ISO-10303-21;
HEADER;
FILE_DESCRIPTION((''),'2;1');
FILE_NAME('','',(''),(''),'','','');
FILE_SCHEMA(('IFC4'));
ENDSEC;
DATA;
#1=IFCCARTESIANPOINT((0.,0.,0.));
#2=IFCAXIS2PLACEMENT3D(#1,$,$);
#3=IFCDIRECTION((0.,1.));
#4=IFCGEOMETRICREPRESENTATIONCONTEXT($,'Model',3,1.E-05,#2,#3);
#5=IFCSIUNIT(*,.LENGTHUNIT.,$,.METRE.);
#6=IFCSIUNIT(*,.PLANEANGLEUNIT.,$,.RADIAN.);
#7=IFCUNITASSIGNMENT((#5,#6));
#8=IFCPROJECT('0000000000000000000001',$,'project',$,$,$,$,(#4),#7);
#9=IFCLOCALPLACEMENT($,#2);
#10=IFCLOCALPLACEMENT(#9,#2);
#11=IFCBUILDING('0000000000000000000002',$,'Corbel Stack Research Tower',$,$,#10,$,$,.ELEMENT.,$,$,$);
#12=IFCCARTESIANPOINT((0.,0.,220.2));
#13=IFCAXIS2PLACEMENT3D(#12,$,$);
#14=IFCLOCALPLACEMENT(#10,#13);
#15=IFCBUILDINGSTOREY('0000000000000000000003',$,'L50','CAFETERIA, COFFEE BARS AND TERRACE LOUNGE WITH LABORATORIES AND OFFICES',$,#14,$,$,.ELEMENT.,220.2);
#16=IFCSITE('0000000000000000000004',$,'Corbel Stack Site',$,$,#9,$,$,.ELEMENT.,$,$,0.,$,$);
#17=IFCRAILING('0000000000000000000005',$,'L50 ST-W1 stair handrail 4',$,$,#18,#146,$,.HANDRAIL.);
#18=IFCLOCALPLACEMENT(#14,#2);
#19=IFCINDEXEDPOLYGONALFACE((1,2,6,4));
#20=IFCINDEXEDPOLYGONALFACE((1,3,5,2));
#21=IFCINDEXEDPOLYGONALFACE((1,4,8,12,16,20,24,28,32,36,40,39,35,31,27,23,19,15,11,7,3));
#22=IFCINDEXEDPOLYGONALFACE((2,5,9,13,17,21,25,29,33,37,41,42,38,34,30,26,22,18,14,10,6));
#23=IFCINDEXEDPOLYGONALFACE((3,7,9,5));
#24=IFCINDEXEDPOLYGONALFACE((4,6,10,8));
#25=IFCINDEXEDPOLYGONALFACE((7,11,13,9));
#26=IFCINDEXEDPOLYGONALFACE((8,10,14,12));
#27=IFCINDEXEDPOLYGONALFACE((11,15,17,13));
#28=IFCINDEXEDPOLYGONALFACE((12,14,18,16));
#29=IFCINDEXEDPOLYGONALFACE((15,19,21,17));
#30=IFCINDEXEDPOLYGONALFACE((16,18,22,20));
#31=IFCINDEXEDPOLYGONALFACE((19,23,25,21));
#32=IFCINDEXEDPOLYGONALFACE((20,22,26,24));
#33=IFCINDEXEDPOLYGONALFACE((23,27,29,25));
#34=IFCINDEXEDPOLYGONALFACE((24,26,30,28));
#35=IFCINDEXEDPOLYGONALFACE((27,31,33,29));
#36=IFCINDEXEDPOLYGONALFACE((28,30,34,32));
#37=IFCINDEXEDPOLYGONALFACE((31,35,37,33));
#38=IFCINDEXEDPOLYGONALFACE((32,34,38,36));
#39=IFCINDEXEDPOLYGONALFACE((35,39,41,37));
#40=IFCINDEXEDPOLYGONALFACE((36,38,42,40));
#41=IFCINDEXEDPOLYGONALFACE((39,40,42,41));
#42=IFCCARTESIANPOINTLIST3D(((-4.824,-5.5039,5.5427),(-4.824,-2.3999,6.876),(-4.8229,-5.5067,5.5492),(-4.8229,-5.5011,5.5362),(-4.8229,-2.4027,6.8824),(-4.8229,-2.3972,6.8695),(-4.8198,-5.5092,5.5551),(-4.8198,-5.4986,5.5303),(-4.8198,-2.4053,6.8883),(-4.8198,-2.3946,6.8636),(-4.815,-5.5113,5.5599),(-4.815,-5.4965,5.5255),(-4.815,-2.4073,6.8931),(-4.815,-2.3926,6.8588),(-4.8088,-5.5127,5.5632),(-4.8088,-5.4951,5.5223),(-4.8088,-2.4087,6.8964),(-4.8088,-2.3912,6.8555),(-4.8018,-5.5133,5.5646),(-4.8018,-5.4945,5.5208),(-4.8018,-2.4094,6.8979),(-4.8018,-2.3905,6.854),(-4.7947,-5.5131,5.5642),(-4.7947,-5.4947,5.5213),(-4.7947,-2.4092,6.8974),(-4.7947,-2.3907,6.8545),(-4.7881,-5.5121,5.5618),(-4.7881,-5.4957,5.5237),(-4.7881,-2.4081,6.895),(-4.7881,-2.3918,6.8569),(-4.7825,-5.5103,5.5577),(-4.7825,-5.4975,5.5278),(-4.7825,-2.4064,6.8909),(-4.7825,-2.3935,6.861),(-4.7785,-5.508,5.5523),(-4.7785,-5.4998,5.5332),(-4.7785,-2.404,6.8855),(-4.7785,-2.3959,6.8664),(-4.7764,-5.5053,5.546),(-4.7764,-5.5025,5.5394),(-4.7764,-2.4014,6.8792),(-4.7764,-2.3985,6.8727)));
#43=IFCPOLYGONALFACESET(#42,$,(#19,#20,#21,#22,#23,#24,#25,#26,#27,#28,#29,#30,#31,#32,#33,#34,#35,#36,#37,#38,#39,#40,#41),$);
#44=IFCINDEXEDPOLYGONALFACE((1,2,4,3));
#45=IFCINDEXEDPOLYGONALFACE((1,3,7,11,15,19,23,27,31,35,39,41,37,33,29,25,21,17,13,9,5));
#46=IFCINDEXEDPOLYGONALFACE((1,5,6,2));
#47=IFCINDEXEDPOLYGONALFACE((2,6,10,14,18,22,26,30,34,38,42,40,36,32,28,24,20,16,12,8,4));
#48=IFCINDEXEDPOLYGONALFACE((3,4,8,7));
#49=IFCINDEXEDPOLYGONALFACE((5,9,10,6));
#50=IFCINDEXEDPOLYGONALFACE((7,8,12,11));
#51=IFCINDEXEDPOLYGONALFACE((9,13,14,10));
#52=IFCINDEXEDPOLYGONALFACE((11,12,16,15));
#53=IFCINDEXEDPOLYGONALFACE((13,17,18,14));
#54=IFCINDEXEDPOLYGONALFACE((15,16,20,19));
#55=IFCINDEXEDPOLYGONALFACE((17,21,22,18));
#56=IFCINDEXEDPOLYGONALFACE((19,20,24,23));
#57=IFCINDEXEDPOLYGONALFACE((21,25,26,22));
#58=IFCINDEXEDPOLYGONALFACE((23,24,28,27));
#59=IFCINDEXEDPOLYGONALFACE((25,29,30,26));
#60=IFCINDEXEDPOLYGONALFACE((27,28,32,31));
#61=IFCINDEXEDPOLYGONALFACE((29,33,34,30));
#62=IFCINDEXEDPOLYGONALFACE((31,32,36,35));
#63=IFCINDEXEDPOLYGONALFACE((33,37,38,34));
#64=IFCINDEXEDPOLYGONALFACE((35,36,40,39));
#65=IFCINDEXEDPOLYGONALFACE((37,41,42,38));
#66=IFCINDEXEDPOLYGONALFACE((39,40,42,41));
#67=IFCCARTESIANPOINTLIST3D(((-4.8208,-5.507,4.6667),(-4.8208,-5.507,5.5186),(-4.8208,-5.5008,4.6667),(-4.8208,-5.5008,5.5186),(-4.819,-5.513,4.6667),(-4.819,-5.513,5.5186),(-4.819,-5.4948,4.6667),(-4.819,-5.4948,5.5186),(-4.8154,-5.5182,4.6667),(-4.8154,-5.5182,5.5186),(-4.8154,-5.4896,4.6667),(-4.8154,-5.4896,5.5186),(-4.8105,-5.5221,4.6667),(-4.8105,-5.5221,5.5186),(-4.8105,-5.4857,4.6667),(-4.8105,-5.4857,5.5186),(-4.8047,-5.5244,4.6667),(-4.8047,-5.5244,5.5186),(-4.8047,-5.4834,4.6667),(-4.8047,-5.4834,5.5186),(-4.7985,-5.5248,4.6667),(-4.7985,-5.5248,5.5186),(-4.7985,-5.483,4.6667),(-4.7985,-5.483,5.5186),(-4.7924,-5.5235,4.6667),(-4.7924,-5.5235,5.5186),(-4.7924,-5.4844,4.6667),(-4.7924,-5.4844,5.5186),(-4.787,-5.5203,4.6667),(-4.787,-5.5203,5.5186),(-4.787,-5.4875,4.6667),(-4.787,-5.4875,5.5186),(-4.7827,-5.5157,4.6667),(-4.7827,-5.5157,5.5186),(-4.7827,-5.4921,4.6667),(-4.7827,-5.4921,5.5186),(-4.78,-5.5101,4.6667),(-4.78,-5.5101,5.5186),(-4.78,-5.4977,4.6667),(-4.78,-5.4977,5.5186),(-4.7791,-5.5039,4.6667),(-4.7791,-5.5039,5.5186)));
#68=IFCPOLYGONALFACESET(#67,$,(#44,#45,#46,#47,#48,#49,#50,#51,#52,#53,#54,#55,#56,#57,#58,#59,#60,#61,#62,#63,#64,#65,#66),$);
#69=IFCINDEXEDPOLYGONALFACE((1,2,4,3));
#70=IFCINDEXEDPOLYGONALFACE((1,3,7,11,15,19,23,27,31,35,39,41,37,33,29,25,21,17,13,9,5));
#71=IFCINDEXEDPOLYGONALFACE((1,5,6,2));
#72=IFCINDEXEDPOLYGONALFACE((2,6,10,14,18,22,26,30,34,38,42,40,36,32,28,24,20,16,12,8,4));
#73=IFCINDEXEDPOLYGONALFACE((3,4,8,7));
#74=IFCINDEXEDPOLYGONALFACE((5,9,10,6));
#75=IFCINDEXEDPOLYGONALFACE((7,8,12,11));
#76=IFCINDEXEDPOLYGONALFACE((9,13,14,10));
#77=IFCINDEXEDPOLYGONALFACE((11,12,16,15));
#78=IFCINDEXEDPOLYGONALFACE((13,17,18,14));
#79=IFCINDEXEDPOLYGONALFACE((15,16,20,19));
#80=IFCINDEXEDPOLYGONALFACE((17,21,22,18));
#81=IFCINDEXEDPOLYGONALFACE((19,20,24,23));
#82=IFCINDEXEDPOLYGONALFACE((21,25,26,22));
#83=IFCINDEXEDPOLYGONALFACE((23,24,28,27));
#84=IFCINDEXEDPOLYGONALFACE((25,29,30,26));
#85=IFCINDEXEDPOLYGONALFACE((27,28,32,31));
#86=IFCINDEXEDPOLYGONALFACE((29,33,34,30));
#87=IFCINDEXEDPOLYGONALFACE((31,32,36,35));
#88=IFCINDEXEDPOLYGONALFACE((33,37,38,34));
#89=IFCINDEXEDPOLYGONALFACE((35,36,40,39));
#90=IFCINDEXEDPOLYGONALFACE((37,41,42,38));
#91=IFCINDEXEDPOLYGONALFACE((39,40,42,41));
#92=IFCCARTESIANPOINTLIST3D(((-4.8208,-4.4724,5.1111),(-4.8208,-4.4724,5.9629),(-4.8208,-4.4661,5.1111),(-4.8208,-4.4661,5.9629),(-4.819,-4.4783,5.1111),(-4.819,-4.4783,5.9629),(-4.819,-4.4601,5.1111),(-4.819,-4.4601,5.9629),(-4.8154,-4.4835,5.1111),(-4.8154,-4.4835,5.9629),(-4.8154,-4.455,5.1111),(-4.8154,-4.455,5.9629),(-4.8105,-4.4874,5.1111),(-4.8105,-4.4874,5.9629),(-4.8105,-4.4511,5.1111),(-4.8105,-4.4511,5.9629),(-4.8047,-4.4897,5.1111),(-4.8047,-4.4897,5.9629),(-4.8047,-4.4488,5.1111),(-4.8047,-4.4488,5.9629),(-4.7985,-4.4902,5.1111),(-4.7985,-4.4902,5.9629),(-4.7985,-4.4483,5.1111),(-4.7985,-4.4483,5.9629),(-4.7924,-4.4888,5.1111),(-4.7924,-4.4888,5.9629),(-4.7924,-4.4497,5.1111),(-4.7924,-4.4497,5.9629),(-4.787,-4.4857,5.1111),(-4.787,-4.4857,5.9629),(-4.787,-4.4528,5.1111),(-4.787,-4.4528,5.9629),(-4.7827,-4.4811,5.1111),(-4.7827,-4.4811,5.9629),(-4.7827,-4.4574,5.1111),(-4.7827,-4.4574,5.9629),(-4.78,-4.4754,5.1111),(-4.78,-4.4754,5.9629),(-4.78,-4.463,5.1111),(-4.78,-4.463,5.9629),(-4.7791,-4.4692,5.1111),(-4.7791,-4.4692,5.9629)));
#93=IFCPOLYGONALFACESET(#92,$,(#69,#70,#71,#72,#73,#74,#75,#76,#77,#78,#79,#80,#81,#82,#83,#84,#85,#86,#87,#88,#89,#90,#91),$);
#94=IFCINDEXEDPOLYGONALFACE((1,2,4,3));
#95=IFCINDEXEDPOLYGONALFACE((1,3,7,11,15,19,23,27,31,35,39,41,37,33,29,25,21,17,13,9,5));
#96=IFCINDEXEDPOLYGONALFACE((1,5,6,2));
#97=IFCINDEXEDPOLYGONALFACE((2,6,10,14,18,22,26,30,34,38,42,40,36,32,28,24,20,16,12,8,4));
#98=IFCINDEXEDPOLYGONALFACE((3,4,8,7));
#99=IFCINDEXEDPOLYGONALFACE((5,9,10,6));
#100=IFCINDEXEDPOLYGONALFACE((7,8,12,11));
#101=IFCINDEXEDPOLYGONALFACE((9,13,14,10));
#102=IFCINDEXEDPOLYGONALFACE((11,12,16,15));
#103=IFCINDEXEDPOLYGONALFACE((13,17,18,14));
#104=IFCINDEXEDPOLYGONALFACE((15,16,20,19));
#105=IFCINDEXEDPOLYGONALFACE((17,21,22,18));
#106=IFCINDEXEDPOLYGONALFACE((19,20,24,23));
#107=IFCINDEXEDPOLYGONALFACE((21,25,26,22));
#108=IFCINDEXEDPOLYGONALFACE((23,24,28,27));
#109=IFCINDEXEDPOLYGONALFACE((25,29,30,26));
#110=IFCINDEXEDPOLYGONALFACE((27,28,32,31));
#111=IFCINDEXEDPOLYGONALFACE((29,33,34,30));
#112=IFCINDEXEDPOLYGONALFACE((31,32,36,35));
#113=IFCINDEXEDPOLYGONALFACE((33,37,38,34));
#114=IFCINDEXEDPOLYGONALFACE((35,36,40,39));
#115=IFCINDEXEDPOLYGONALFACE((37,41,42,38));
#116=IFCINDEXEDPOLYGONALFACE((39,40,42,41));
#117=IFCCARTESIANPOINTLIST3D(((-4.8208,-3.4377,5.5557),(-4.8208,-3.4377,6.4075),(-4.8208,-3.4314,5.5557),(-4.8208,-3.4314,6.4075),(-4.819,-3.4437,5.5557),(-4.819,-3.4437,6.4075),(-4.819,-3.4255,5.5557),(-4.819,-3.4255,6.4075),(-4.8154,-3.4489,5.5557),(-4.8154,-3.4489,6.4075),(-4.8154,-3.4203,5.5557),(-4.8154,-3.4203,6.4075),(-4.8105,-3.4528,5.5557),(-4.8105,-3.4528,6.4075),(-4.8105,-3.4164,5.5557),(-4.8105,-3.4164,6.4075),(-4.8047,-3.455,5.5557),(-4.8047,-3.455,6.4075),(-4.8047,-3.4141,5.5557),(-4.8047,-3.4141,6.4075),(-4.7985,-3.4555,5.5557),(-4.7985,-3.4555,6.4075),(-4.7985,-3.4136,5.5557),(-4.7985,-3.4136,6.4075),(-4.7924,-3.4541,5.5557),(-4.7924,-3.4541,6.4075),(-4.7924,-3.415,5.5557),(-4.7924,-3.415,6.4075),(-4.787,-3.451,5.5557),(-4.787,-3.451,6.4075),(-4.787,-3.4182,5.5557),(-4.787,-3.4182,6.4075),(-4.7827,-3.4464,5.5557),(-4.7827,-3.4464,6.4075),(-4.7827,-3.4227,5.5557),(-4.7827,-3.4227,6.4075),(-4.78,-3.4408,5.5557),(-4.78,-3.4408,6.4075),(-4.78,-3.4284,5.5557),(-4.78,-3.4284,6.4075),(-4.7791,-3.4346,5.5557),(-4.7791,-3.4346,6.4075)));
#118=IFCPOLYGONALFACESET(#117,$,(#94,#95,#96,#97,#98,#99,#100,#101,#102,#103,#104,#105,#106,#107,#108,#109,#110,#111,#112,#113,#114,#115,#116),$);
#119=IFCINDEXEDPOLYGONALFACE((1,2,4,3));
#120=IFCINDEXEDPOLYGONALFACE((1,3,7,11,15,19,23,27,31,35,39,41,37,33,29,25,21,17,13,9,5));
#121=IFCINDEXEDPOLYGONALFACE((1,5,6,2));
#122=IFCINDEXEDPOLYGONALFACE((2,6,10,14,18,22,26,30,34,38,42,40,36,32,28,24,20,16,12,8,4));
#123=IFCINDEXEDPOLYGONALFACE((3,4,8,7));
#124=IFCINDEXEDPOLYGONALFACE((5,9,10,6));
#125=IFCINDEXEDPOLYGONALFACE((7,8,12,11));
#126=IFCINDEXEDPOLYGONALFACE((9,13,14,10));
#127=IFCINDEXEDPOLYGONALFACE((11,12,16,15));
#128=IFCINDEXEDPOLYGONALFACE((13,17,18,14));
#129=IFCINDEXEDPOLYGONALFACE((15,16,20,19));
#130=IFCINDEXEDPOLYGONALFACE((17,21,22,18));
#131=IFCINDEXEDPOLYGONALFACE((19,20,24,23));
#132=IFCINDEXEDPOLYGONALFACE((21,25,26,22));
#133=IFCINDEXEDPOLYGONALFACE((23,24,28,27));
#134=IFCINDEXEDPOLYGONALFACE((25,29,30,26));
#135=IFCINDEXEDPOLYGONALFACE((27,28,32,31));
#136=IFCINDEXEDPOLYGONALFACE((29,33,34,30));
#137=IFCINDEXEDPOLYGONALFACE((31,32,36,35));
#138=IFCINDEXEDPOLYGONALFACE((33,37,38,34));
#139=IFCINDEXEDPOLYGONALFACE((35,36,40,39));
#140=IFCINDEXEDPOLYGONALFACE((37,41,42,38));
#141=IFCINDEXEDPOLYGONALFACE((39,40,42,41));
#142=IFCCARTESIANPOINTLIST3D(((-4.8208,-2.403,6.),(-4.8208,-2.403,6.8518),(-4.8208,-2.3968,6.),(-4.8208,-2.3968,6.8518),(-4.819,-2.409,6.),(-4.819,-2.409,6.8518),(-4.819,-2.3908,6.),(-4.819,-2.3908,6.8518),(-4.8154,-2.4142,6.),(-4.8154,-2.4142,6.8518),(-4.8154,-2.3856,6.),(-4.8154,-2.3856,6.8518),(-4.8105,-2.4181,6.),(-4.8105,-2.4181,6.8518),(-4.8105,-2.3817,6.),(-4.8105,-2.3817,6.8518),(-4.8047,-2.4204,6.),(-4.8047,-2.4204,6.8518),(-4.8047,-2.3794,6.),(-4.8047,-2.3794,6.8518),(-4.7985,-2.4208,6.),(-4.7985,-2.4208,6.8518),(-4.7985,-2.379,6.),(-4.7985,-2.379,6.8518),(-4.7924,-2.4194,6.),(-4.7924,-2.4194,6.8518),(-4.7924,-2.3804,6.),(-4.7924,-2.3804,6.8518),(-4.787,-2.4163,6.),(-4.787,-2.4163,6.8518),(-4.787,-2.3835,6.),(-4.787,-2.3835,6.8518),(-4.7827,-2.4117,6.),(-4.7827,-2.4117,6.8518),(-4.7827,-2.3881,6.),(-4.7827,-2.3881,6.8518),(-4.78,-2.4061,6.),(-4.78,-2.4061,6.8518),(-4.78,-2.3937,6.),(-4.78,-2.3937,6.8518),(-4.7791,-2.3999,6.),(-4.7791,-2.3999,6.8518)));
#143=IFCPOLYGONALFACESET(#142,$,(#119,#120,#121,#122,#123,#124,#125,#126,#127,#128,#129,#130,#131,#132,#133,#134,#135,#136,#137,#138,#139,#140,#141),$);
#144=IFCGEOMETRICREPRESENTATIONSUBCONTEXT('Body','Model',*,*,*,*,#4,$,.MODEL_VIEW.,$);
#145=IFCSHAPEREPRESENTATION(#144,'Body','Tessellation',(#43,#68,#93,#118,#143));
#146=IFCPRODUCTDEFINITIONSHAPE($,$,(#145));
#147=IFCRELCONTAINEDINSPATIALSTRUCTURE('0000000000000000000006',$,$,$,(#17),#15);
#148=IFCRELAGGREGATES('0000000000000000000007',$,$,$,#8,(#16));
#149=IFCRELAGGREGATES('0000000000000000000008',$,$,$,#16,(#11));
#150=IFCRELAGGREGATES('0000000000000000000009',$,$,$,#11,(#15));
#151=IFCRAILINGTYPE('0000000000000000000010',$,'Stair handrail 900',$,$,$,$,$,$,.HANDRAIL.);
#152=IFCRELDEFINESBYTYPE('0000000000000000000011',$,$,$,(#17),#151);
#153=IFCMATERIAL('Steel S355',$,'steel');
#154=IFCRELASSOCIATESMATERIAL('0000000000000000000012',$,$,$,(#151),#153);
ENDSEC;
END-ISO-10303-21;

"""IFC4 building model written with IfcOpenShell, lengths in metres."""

from ifc_helpers import new_model, si_unit, direction, frame, origin, origin_2d, place, context, subcontext, project, spatial, circle, extrude, material, type_object, element, save


model = new_model("IFC4")

# Units and contexts
model_context = context("Model", 3, precision=1e-05, world=origin(), true_north=direction((0.0, 1.0)))
body_context = subcontext(model_context, "Body", "Model", "MODEL_VIEW")
ifc_project = project(units=[si_unit("LENGTHUNIT", "METRE"), si_unit("PLANEANGLEUNIT", "RADIAN")], contexts=[model_context])

# Site, building, storey
site_placement = place(None, origin())
site = spatial("IfcSite", under=ifc_project, at=site_placement, Name="Corbel Stack Site", CompositionType="ELEMENT", RefElevation=0.0)
building_placement = place(site_placement, origin())
building = spatial("IfcBuilding", under=site, at=building_placement, Name="Corbel Stack Research Tower", CompositionType="ELEMENT")
storey_placement = place(building_placement, frame((0.0, 0.0, 220.2)))
storey = spatial("IfcBuildingStorey", under=building, at=storey_placement, Name="L50", Description="CAFETERIA, COFFEE BARS AND TERRACE LOUNGE WITH LABORATORIES AND OFFICES", CompositionType="ELEMENT", Elevation=220.2)

# Railing
ifc_material_1 = material(Name="Steel S355", Category="steel")
railing_type = type_object("IfcRailingType", Name="Stair handrail 900", PredefinedType="HANDRAIL", material=ifc_material_1)
for number, where, name in (
    (1, (-4.8, -5.5039, 4.6667), "L50 ST-W1 stair handrail 4"),
):
    element("IfcRailing", number, at=place(storey_placement, frame(where)), inside=storey, type_object=railing_type, Name=name, PredefinedType="HANDRAIL", context=body_context, shape_type="SweptSolid", body=[
        extrude(circle(Radius=0.0239, at=origin_2d()), frame((0.0, 0.0, 0.876), z_axis=(0.0, 0.918827, 0.394661), x_axis=(-1.0, 0.0, 0.0)), (0.0, 0.0, 1.0), 3.3782),
        extrude(circle(Radius=0.021, at=origin_2d()), origin(), (0.0, 0.0, 1.0), 0.8518),
        extrude(circle(Radius=0.021, at=origin_2d()), frame((0.0, 1.0347, 0.4443)), (0.0, 0.0, 1.0), 0.8518),
        extrude(circle(Radius=0.021, at=origin_2d()), frame((0.0, 2.0693, 0.8889)), (0.0, 0.0, 1.0), 0.8518),
        extrude(circle(Radius=0.021, at=origin_2d()), frame((0.0, 3.104, 1.3333)), (0.0, 0.0, 1.0), 0.8518),
    ])

save(model, "model.ifc")
